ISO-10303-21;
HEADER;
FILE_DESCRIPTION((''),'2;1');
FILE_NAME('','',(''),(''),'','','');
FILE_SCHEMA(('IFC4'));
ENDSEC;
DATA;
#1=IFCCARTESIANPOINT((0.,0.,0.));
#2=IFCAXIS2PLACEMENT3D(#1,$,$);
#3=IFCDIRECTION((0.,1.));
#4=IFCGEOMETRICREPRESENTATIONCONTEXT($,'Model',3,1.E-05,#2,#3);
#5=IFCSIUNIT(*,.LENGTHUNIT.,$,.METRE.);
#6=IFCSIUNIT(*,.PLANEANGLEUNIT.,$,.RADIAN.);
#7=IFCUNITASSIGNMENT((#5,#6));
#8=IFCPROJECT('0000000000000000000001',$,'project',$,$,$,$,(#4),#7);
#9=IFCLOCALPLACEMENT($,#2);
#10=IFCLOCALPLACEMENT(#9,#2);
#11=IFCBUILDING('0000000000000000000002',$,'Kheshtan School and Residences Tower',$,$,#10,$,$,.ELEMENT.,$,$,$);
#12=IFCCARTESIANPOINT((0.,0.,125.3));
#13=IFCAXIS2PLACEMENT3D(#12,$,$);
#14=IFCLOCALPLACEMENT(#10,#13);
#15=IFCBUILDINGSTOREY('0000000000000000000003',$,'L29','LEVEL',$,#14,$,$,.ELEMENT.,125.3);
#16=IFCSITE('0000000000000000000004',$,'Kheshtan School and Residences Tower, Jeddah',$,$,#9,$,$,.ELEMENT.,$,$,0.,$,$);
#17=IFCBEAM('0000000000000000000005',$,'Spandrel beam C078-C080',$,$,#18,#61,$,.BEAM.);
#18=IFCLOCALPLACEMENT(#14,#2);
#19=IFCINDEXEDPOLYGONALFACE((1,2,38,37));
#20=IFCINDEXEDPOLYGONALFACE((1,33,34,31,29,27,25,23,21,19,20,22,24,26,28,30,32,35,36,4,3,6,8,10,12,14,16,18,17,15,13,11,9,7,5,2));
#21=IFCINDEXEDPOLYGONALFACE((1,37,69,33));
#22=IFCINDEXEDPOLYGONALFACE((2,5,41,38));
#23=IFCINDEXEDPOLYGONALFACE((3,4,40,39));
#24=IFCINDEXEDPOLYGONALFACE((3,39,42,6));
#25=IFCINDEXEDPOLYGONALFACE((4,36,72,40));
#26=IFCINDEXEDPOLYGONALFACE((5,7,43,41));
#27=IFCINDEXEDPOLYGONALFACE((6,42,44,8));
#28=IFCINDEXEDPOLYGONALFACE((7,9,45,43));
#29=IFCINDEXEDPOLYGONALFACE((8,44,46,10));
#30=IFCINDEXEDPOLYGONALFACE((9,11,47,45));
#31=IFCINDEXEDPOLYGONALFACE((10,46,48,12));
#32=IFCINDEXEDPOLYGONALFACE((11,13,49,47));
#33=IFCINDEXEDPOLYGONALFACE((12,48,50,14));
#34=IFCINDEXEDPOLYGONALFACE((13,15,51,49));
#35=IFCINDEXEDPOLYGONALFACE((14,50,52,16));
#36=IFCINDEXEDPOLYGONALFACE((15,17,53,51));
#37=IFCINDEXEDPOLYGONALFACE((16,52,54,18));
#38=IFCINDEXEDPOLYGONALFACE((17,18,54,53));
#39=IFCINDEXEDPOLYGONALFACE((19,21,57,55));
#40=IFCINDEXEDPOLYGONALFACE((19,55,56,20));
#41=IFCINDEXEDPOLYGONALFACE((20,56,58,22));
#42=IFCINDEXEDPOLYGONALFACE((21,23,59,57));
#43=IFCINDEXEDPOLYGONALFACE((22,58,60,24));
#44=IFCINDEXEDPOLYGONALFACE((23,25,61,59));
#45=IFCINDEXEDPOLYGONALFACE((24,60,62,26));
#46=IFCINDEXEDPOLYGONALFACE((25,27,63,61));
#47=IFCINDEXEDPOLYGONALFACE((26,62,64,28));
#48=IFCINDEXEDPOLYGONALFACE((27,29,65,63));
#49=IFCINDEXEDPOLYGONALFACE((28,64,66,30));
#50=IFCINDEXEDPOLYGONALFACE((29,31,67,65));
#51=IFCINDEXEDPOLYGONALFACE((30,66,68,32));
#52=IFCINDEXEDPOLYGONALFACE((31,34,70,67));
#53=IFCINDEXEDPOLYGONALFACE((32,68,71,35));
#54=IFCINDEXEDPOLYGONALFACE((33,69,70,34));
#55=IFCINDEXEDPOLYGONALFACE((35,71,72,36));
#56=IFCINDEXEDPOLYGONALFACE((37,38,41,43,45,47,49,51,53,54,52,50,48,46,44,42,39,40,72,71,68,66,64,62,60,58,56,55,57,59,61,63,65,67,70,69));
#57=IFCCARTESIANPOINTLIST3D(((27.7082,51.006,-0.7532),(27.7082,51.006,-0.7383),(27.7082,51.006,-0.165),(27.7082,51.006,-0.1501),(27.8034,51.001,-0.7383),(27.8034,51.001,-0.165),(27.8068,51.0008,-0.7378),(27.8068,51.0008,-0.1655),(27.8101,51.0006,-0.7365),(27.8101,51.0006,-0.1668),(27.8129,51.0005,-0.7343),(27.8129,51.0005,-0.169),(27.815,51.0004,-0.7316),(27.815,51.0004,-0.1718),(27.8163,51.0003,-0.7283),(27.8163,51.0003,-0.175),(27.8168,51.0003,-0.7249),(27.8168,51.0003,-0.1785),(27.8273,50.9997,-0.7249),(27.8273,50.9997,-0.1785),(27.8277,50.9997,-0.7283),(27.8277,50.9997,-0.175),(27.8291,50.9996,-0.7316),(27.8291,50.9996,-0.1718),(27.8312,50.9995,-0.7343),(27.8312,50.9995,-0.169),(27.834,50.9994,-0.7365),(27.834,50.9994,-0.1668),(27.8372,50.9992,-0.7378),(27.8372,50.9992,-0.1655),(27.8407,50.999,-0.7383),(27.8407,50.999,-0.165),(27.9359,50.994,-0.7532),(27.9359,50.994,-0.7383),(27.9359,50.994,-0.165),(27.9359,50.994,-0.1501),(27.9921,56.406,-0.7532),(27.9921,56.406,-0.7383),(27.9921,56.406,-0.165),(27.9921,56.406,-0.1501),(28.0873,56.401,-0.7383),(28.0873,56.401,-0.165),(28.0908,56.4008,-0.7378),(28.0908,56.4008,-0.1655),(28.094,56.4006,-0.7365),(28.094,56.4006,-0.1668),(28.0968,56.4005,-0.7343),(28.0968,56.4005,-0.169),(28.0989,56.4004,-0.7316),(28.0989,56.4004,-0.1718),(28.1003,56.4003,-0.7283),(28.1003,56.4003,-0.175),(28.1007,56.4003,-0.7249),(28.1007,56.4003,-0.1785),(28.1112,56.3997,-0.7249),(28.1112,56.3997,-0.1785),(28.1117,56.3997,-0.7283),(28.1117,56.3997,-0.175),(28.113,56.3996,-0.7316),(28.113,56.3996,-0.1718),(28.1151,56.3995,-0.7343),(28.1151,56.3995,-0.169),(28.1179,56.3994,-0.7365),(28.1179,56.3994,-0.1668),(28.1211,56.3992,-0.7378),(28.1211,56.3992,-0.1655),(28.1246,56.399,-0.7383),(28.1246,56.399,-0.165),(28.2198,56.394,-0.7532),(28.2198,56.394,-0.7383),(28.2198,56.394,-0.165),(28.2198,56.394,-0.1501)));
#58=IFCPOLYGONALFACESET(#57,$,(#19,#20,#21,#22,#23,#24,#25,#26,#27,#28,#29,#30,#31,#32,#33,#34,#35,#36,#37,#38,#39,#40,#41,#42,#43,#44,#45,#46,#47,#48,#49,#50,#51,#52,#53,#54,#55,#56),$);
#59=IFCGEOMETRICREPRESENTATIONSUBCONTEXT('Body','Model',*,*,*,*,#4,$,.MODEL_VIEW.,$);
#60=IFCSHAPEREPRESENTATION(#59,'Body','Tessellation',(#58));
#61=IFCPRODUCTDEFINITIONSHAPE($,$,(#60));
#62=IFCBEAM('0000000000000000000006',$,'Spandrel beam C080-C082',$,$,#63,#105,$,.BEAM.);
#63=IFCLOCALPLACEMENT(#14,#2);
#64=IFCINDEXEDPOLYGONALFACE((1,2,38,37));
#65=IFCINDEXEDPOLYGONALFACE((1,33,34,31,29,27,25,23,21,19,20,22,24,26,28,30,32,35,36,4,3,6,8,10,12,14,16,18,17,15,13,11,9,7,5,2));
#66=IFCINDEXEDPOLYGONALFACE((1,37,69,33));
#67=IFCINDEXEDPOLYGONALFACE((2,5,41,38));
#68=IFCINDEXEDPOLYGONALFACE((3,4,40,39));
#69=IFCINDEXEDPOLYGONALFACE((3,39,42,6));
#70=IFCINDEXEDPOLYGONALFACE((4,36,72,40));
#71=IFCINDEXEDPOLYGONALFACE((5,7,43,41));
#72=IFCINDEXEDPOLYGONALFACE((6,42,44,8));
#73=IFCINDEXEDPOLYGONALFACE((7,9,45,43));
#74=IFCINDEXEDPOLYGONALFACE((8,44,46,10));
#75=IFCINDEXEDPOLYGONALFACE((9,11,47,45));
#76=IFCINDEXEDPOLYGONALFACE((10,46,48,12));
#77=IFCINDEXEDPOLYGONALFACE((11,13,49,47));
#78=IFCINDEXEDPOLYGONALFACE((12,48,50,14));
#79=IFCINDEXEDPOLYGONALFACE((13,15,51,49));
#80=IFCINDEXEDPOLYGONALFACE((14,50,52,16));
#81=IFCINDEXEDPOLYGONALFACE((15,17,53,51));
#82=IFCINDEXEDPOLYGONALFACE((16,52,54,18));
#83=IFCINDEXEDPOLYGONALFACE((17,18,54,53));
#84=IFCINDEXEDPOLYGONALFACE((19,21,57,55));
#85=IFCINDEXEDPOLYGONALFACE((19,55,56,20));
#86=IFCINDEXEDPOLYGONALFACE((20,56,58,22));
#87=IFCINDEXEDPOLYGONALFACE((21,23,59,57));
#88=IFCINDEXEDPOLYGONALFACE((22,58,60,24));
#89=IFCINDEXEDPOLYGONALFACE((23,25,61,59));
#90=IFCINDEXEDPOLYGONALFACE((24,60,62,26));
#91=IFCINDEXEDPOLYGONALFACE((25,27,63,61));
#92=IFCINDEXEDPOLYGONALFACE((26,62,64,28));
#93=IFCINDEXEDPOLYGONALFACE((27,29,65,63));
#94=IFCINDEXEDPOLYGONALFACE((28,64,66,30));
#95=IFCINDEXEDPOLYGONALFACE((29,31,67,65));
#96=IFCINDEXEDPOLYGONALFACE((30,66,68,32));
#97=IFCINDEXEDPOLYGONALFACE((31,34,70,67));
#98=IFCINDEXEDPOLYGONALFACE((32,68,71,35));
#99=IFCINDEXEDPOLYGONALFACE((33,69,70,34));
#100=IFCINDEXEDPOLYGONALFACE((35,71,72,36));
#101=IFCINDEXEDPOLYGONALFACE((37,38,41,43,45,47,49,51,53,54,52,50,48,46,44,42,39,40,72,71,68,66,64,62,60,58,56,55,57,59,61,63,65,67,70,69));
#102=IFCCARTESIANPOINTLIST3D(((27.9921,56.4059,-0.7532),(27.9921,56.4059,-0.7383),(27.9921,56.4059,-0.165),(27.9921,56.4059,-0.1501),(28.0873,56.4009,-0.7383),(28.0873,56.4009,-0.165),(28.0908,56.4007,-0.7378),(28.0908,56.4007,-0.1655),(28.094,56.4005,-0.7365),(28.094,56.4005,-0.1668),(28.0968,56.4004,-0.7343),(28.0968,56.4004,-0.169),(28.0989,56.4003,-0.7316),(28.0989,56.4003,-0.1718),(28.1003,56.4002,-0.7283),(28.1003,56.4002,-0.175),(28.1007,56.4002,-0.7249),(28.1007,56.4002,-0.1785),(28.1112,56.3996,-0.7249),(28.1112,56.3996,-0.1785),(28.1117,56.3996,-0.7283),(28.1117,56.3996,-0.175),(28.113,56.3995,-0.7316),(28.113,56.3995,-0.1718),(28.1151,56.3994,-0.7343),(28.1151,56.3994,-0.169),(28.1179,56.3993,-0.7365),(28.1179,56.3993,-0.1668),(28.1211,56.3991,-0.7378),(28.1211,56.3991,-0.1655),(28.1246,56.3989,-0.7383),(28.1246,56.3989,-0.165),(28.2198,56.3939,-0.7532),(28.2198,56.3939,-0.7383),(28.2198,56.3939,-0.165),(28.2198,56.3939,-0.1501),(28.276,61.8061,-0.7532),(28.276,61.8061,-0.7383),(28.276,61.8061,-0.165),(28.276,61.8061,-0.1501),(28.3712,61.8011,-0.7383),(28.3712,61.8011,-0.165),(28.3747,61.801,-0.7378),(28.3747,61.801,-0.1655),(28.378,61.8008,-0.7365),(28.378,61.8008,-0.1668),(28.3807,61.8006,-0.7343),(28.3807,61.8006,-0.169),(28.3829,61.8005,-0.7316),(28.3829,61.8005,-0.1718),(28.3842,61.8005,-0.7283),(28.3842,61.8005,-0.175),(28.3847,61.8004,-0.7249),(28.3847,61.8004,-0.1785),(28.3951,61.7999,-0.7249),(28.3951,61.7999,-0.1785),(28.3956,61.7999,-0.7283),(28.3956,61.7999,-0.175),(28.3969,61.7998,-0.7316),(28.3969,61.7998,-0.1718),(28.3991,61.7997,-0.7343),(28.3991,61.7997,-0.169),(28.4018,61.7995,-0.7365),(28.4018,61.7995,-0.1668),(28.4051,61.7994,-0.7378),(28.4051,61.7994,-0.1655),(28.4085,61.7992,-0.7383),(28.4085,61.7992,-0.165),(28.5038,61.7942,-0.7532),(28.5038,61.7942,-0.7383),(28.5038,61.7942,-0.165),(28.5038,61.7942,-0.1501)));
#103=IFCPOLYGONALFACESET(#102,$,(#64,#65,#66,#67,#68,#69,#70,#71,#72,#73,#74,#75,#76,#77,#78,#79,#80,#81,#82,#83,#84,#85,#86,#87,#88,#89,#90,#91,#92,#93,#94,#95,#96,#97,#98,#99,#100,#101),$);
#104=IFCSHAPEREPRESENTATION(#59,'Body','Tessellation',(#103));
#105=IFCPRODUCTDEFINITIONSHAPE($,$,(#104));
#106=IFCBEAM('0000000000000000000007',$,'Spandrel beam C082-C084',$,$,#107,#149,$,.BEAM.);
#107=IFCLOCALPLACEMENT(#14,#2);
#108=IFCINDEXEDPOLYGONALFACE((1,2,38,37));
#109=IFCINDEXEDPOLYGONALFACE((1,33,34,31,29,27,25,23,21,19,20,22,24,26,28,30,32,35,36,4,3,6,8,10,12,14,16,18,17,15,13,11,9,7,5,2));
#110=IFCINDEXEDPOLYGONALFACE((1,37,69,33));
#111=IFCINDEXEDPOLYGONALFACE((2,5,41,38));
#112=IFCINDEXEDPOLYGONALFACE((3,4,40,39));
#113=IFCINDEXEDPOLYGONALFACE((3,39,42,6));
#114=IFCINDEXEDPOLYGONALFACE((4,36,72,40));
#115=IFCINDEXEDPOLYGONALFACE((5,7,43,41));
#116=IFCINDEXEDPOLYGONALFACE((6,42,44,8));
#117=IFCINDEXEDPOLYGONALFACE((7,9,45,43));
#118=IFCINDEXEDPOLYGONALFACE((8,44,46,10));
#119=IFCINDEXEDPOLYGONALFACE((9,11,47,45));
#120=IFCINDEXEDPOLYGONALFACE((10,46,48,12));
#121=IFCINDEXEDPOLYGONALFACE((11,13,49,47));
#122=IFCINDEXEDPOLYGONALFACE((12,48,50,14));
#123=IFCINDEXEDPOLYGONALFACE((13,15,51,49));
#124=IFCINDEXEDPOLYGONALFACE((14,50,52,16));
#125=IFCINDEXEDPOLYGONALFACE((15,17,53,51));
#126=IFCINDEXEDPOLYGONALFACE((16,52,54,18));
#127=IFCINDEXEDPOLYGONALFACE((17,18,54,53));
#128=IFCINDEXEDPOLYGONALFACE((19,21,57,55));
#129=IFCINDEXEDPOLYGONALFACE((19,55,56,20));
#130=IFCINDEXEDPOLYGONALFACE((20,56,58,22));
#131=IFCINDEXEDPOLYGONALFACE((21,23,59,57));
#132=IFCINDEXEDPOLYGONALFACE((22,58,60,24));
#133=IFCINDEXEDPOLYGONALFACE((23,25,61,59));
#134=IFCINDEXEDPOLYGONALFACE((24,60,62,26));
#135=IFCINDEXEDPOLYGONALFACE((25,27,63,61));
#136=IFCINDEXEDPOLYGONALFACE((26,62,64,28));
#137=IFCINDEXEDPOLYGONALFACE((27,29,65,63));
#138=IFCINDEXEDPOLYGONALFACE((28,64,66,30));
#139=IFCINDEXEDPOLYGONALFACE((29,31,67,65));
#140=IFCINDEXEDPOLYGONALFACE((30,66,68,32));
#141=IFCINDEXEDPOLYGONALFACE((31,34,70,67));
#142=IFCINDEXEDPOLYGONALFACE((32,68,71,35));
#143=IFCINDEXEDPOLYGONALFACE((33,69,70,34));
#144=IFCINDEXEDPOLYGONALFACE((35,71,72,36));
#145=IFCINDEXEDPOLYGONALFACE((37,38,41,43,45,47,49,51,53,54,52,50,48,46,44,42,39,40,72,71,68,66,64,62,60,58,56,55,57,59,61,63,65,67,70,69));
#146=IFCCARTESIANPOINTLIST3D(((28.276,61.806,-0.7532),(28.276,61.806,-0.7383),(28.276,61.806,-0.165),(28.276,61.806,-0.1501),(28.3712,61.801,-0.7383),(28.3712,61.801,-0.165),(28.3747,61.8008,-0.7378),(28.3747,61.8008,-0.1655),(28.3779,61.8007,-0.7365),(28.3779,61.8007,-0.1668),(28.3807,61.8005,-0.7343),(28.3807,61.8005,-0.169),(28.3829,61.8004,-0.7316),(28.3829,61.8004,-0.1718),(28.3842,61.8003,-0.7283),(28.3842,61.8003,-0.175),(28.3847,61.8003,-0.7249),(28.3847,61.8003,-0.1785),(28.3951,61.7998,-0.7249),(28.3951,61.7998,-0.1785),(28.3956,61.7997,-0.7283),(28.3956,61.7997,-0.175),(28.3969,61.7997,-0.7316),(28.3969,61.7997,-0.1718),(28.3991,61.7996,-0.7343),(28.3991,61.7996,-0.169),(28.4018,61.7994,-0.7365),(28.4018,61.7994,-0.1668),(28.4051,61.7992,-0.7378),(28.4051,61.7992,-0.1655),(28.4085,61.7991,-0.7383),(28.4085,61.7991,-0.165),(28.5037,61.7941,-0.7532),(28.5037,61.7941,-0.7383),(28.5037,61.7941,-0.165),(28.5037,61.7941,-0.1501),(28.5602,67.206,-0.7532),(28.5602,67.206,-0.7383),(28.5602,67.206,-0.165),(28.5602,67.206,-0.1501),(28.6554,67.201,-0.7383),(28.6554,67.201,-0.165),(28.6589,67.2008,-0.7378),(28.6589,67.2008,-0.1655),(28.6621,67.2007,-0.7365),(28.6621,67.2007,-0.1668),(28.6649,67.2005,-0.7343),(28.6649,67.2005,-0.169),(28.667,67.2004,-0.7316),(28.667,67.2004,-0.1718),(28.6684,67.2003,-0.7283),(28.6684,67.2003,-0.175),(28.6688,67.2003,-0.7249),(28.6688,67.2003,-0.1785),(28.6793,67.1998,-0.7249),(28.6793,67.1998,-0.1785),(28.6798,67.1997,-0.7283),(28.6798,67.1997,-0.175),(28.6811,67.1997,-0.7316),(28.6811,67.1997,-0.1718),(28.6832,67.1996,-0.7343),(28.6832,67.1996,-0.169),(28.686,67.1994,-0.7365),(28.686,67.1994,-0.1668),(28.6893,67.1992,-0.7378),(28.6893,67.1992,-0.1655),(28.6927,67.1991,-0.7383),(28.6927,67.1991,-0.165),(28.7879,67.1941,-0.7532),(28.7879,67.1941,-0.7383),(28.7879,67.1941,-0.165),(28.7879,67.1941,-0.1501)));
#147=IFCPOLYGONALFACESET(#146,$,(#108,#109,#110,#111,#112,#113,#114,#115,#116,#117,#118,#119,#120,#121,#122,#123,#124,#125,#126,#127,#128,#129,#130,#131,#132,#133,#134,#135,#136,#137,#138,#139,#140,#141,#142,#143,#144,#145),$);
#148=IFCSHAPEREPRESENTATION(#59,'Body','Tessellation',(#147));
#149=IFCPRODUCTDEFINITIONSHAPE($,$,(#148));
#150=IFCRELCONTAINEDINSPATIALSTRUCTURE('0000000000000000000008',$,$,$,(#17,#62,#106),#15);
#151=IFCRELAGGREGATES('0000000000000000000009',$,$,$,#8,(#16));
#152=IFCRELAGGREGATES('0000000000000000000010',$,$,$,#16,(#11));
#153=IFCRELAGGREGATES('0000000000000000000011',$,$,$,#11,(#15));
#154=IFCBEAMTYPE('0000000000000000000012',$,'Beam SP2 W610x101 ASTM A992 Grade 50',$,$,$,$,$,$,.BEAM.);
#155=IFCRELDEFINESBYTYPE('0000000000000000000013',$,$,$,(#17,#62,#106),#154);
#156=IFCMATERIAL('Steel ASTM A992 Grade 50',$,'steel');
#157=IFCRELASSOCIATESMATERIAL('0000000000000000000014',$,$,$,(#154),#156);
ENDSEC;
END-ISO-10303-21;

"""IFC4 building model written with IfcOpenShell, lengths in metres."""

from ifc_helpers import new_model, si_unit, direction, frame, origin, origin_2d, place, context, subcontext, project, spatial, i_section, extrude, material, material_profile, profile_set, type_object, element, save


model = new_model("IFC4")

# Units and contexts
model_context = context("Model", 3, precision=1e-05, world=origin(), true_north=direction((0.0, 1.0)))
body_context = subcontext(model_context, "Body", "Model", "MODEL_VIEW")
ifc_project = project(units=[si_unit("LENGTHUNIT", "METRE"), si_unit("PLANEANGLEUNIT", "RADIAN")], contexts=[model_context])

# Site, building, storey
site_placement = place(None, origin())
site = spatial("IfcSite", under=ifc_project, at=site_placement, Name="Kheshtan School and Residences Tower, Jeddah", CompositionType="ELEMENT", RefElevation=0.0)
building_placement = place(site_placement, origin())
building = spatial("IfcBuilding", under=site, at=building_placement, Name="Kheshtan School and Residences Tower", CompositionType="ELEMENT")
storey_placement = place(building_placement, frame((0.0, 0.0, 125.3)))
storey = spatial("IfcBuildingStorey", under=building, at=storey_placement, Name="L29", Description="LEVEL", CompositionType="ELEMENT", Elevation=125.3)

# Shared definitions
ifc_material_1 = material(Name="Steel ASTM A992 Grade 50", Category="steel")

# Beams
ifc_material_profile_1 = material_profile(ifc_material_1, i_section(OverallWidth=0.228, OverallDepth=0.603, WebThickness=0.0105, FlangeThickness=0.0149, FilletRadius=0.0134, at=origin_2d()), Name="W610x101")
ifc_profile_set_1 = profile_set([ifc_material_profile_1], Name="Steel ASTM A992 Grade 50")
beam_type_1 = type_object("IfcBeamType", Name="Beam SP2 W610x101 ASTM A992 Grade 50", PredefinedType="BEAM", material=ifc_profile_set_1)
beam_1_placement = place(storey_placement, frame((27.822, 51.0, -0.4517), z_axis=(0.052509, 0.99862, 0.0), x_axis=(-0.99862, 0.052509, 0.0)))
element("IfcBeam", 1, at=beam_1_placement, inside=storey, type_object=beam_type_1, Name="Spandrel beam C078-C080", PredefinedType="BEAM", context=body_context, shape_type="SweptSolid", body=[
    extrude(i_section(OverallWidth=0.228, OverallDepth=0.603, WebThickness=0.0105, FlangeThickness=0.0149, FilletRadius=0.0134, at=origin_2d()), origin(), (0.0, 0.0, 1.0), 5.4075),
])
beam_2_placement = place(storey_placement, frame((28.106, 56.3999, -0.4517), z_axis=(0.052507, 0.998621, 0.0), x_axis=(-0.998621, 0.052507, 0.0)))
element("IfcBeam", 2, at=beam_2_placement, inside=storey, type_object=beam_type_1, Name="Spandrel beam C080-C082", PredefinedType="BEAM", context=body_context, shape_type="SweptSolid", body=[
    extrude(i_section(OverallWidth=0.228, OverallDepth=0.603, WebThickness=0.0105, FlangeThickness=0.0149, FilletRadius=0.0134, at=origin_2d()), origin(), (0.0, 0.0, 1.0), 5.4077),
])
beam_3_placement = place(storey_placement, frame((28.3899, 61.8, -0.4517), z_axis=(0.052554, 0.998618, 0.0), x_axis=(-0.998618, 0.052554, 0.0)))
element("IfcBeam", 3, at=beam_3_placement, inside=storey, type_object=beam_type_1, Name="Spandrel beam C082-C084", PredefinedType="BEAM", context=body_context, shape_type="SweptSolid", body=[
    extrude(i_section(OverallWidth=0.228, OverallDepth=0.603, WebThickness=0.0105, FlangeThickness=0.0149, FilletRadius=0.0134, at=origin_2d()), origin(), (0.0, 0.0, 1.0), 5.4075),
])

save(model, "model.ifc")
